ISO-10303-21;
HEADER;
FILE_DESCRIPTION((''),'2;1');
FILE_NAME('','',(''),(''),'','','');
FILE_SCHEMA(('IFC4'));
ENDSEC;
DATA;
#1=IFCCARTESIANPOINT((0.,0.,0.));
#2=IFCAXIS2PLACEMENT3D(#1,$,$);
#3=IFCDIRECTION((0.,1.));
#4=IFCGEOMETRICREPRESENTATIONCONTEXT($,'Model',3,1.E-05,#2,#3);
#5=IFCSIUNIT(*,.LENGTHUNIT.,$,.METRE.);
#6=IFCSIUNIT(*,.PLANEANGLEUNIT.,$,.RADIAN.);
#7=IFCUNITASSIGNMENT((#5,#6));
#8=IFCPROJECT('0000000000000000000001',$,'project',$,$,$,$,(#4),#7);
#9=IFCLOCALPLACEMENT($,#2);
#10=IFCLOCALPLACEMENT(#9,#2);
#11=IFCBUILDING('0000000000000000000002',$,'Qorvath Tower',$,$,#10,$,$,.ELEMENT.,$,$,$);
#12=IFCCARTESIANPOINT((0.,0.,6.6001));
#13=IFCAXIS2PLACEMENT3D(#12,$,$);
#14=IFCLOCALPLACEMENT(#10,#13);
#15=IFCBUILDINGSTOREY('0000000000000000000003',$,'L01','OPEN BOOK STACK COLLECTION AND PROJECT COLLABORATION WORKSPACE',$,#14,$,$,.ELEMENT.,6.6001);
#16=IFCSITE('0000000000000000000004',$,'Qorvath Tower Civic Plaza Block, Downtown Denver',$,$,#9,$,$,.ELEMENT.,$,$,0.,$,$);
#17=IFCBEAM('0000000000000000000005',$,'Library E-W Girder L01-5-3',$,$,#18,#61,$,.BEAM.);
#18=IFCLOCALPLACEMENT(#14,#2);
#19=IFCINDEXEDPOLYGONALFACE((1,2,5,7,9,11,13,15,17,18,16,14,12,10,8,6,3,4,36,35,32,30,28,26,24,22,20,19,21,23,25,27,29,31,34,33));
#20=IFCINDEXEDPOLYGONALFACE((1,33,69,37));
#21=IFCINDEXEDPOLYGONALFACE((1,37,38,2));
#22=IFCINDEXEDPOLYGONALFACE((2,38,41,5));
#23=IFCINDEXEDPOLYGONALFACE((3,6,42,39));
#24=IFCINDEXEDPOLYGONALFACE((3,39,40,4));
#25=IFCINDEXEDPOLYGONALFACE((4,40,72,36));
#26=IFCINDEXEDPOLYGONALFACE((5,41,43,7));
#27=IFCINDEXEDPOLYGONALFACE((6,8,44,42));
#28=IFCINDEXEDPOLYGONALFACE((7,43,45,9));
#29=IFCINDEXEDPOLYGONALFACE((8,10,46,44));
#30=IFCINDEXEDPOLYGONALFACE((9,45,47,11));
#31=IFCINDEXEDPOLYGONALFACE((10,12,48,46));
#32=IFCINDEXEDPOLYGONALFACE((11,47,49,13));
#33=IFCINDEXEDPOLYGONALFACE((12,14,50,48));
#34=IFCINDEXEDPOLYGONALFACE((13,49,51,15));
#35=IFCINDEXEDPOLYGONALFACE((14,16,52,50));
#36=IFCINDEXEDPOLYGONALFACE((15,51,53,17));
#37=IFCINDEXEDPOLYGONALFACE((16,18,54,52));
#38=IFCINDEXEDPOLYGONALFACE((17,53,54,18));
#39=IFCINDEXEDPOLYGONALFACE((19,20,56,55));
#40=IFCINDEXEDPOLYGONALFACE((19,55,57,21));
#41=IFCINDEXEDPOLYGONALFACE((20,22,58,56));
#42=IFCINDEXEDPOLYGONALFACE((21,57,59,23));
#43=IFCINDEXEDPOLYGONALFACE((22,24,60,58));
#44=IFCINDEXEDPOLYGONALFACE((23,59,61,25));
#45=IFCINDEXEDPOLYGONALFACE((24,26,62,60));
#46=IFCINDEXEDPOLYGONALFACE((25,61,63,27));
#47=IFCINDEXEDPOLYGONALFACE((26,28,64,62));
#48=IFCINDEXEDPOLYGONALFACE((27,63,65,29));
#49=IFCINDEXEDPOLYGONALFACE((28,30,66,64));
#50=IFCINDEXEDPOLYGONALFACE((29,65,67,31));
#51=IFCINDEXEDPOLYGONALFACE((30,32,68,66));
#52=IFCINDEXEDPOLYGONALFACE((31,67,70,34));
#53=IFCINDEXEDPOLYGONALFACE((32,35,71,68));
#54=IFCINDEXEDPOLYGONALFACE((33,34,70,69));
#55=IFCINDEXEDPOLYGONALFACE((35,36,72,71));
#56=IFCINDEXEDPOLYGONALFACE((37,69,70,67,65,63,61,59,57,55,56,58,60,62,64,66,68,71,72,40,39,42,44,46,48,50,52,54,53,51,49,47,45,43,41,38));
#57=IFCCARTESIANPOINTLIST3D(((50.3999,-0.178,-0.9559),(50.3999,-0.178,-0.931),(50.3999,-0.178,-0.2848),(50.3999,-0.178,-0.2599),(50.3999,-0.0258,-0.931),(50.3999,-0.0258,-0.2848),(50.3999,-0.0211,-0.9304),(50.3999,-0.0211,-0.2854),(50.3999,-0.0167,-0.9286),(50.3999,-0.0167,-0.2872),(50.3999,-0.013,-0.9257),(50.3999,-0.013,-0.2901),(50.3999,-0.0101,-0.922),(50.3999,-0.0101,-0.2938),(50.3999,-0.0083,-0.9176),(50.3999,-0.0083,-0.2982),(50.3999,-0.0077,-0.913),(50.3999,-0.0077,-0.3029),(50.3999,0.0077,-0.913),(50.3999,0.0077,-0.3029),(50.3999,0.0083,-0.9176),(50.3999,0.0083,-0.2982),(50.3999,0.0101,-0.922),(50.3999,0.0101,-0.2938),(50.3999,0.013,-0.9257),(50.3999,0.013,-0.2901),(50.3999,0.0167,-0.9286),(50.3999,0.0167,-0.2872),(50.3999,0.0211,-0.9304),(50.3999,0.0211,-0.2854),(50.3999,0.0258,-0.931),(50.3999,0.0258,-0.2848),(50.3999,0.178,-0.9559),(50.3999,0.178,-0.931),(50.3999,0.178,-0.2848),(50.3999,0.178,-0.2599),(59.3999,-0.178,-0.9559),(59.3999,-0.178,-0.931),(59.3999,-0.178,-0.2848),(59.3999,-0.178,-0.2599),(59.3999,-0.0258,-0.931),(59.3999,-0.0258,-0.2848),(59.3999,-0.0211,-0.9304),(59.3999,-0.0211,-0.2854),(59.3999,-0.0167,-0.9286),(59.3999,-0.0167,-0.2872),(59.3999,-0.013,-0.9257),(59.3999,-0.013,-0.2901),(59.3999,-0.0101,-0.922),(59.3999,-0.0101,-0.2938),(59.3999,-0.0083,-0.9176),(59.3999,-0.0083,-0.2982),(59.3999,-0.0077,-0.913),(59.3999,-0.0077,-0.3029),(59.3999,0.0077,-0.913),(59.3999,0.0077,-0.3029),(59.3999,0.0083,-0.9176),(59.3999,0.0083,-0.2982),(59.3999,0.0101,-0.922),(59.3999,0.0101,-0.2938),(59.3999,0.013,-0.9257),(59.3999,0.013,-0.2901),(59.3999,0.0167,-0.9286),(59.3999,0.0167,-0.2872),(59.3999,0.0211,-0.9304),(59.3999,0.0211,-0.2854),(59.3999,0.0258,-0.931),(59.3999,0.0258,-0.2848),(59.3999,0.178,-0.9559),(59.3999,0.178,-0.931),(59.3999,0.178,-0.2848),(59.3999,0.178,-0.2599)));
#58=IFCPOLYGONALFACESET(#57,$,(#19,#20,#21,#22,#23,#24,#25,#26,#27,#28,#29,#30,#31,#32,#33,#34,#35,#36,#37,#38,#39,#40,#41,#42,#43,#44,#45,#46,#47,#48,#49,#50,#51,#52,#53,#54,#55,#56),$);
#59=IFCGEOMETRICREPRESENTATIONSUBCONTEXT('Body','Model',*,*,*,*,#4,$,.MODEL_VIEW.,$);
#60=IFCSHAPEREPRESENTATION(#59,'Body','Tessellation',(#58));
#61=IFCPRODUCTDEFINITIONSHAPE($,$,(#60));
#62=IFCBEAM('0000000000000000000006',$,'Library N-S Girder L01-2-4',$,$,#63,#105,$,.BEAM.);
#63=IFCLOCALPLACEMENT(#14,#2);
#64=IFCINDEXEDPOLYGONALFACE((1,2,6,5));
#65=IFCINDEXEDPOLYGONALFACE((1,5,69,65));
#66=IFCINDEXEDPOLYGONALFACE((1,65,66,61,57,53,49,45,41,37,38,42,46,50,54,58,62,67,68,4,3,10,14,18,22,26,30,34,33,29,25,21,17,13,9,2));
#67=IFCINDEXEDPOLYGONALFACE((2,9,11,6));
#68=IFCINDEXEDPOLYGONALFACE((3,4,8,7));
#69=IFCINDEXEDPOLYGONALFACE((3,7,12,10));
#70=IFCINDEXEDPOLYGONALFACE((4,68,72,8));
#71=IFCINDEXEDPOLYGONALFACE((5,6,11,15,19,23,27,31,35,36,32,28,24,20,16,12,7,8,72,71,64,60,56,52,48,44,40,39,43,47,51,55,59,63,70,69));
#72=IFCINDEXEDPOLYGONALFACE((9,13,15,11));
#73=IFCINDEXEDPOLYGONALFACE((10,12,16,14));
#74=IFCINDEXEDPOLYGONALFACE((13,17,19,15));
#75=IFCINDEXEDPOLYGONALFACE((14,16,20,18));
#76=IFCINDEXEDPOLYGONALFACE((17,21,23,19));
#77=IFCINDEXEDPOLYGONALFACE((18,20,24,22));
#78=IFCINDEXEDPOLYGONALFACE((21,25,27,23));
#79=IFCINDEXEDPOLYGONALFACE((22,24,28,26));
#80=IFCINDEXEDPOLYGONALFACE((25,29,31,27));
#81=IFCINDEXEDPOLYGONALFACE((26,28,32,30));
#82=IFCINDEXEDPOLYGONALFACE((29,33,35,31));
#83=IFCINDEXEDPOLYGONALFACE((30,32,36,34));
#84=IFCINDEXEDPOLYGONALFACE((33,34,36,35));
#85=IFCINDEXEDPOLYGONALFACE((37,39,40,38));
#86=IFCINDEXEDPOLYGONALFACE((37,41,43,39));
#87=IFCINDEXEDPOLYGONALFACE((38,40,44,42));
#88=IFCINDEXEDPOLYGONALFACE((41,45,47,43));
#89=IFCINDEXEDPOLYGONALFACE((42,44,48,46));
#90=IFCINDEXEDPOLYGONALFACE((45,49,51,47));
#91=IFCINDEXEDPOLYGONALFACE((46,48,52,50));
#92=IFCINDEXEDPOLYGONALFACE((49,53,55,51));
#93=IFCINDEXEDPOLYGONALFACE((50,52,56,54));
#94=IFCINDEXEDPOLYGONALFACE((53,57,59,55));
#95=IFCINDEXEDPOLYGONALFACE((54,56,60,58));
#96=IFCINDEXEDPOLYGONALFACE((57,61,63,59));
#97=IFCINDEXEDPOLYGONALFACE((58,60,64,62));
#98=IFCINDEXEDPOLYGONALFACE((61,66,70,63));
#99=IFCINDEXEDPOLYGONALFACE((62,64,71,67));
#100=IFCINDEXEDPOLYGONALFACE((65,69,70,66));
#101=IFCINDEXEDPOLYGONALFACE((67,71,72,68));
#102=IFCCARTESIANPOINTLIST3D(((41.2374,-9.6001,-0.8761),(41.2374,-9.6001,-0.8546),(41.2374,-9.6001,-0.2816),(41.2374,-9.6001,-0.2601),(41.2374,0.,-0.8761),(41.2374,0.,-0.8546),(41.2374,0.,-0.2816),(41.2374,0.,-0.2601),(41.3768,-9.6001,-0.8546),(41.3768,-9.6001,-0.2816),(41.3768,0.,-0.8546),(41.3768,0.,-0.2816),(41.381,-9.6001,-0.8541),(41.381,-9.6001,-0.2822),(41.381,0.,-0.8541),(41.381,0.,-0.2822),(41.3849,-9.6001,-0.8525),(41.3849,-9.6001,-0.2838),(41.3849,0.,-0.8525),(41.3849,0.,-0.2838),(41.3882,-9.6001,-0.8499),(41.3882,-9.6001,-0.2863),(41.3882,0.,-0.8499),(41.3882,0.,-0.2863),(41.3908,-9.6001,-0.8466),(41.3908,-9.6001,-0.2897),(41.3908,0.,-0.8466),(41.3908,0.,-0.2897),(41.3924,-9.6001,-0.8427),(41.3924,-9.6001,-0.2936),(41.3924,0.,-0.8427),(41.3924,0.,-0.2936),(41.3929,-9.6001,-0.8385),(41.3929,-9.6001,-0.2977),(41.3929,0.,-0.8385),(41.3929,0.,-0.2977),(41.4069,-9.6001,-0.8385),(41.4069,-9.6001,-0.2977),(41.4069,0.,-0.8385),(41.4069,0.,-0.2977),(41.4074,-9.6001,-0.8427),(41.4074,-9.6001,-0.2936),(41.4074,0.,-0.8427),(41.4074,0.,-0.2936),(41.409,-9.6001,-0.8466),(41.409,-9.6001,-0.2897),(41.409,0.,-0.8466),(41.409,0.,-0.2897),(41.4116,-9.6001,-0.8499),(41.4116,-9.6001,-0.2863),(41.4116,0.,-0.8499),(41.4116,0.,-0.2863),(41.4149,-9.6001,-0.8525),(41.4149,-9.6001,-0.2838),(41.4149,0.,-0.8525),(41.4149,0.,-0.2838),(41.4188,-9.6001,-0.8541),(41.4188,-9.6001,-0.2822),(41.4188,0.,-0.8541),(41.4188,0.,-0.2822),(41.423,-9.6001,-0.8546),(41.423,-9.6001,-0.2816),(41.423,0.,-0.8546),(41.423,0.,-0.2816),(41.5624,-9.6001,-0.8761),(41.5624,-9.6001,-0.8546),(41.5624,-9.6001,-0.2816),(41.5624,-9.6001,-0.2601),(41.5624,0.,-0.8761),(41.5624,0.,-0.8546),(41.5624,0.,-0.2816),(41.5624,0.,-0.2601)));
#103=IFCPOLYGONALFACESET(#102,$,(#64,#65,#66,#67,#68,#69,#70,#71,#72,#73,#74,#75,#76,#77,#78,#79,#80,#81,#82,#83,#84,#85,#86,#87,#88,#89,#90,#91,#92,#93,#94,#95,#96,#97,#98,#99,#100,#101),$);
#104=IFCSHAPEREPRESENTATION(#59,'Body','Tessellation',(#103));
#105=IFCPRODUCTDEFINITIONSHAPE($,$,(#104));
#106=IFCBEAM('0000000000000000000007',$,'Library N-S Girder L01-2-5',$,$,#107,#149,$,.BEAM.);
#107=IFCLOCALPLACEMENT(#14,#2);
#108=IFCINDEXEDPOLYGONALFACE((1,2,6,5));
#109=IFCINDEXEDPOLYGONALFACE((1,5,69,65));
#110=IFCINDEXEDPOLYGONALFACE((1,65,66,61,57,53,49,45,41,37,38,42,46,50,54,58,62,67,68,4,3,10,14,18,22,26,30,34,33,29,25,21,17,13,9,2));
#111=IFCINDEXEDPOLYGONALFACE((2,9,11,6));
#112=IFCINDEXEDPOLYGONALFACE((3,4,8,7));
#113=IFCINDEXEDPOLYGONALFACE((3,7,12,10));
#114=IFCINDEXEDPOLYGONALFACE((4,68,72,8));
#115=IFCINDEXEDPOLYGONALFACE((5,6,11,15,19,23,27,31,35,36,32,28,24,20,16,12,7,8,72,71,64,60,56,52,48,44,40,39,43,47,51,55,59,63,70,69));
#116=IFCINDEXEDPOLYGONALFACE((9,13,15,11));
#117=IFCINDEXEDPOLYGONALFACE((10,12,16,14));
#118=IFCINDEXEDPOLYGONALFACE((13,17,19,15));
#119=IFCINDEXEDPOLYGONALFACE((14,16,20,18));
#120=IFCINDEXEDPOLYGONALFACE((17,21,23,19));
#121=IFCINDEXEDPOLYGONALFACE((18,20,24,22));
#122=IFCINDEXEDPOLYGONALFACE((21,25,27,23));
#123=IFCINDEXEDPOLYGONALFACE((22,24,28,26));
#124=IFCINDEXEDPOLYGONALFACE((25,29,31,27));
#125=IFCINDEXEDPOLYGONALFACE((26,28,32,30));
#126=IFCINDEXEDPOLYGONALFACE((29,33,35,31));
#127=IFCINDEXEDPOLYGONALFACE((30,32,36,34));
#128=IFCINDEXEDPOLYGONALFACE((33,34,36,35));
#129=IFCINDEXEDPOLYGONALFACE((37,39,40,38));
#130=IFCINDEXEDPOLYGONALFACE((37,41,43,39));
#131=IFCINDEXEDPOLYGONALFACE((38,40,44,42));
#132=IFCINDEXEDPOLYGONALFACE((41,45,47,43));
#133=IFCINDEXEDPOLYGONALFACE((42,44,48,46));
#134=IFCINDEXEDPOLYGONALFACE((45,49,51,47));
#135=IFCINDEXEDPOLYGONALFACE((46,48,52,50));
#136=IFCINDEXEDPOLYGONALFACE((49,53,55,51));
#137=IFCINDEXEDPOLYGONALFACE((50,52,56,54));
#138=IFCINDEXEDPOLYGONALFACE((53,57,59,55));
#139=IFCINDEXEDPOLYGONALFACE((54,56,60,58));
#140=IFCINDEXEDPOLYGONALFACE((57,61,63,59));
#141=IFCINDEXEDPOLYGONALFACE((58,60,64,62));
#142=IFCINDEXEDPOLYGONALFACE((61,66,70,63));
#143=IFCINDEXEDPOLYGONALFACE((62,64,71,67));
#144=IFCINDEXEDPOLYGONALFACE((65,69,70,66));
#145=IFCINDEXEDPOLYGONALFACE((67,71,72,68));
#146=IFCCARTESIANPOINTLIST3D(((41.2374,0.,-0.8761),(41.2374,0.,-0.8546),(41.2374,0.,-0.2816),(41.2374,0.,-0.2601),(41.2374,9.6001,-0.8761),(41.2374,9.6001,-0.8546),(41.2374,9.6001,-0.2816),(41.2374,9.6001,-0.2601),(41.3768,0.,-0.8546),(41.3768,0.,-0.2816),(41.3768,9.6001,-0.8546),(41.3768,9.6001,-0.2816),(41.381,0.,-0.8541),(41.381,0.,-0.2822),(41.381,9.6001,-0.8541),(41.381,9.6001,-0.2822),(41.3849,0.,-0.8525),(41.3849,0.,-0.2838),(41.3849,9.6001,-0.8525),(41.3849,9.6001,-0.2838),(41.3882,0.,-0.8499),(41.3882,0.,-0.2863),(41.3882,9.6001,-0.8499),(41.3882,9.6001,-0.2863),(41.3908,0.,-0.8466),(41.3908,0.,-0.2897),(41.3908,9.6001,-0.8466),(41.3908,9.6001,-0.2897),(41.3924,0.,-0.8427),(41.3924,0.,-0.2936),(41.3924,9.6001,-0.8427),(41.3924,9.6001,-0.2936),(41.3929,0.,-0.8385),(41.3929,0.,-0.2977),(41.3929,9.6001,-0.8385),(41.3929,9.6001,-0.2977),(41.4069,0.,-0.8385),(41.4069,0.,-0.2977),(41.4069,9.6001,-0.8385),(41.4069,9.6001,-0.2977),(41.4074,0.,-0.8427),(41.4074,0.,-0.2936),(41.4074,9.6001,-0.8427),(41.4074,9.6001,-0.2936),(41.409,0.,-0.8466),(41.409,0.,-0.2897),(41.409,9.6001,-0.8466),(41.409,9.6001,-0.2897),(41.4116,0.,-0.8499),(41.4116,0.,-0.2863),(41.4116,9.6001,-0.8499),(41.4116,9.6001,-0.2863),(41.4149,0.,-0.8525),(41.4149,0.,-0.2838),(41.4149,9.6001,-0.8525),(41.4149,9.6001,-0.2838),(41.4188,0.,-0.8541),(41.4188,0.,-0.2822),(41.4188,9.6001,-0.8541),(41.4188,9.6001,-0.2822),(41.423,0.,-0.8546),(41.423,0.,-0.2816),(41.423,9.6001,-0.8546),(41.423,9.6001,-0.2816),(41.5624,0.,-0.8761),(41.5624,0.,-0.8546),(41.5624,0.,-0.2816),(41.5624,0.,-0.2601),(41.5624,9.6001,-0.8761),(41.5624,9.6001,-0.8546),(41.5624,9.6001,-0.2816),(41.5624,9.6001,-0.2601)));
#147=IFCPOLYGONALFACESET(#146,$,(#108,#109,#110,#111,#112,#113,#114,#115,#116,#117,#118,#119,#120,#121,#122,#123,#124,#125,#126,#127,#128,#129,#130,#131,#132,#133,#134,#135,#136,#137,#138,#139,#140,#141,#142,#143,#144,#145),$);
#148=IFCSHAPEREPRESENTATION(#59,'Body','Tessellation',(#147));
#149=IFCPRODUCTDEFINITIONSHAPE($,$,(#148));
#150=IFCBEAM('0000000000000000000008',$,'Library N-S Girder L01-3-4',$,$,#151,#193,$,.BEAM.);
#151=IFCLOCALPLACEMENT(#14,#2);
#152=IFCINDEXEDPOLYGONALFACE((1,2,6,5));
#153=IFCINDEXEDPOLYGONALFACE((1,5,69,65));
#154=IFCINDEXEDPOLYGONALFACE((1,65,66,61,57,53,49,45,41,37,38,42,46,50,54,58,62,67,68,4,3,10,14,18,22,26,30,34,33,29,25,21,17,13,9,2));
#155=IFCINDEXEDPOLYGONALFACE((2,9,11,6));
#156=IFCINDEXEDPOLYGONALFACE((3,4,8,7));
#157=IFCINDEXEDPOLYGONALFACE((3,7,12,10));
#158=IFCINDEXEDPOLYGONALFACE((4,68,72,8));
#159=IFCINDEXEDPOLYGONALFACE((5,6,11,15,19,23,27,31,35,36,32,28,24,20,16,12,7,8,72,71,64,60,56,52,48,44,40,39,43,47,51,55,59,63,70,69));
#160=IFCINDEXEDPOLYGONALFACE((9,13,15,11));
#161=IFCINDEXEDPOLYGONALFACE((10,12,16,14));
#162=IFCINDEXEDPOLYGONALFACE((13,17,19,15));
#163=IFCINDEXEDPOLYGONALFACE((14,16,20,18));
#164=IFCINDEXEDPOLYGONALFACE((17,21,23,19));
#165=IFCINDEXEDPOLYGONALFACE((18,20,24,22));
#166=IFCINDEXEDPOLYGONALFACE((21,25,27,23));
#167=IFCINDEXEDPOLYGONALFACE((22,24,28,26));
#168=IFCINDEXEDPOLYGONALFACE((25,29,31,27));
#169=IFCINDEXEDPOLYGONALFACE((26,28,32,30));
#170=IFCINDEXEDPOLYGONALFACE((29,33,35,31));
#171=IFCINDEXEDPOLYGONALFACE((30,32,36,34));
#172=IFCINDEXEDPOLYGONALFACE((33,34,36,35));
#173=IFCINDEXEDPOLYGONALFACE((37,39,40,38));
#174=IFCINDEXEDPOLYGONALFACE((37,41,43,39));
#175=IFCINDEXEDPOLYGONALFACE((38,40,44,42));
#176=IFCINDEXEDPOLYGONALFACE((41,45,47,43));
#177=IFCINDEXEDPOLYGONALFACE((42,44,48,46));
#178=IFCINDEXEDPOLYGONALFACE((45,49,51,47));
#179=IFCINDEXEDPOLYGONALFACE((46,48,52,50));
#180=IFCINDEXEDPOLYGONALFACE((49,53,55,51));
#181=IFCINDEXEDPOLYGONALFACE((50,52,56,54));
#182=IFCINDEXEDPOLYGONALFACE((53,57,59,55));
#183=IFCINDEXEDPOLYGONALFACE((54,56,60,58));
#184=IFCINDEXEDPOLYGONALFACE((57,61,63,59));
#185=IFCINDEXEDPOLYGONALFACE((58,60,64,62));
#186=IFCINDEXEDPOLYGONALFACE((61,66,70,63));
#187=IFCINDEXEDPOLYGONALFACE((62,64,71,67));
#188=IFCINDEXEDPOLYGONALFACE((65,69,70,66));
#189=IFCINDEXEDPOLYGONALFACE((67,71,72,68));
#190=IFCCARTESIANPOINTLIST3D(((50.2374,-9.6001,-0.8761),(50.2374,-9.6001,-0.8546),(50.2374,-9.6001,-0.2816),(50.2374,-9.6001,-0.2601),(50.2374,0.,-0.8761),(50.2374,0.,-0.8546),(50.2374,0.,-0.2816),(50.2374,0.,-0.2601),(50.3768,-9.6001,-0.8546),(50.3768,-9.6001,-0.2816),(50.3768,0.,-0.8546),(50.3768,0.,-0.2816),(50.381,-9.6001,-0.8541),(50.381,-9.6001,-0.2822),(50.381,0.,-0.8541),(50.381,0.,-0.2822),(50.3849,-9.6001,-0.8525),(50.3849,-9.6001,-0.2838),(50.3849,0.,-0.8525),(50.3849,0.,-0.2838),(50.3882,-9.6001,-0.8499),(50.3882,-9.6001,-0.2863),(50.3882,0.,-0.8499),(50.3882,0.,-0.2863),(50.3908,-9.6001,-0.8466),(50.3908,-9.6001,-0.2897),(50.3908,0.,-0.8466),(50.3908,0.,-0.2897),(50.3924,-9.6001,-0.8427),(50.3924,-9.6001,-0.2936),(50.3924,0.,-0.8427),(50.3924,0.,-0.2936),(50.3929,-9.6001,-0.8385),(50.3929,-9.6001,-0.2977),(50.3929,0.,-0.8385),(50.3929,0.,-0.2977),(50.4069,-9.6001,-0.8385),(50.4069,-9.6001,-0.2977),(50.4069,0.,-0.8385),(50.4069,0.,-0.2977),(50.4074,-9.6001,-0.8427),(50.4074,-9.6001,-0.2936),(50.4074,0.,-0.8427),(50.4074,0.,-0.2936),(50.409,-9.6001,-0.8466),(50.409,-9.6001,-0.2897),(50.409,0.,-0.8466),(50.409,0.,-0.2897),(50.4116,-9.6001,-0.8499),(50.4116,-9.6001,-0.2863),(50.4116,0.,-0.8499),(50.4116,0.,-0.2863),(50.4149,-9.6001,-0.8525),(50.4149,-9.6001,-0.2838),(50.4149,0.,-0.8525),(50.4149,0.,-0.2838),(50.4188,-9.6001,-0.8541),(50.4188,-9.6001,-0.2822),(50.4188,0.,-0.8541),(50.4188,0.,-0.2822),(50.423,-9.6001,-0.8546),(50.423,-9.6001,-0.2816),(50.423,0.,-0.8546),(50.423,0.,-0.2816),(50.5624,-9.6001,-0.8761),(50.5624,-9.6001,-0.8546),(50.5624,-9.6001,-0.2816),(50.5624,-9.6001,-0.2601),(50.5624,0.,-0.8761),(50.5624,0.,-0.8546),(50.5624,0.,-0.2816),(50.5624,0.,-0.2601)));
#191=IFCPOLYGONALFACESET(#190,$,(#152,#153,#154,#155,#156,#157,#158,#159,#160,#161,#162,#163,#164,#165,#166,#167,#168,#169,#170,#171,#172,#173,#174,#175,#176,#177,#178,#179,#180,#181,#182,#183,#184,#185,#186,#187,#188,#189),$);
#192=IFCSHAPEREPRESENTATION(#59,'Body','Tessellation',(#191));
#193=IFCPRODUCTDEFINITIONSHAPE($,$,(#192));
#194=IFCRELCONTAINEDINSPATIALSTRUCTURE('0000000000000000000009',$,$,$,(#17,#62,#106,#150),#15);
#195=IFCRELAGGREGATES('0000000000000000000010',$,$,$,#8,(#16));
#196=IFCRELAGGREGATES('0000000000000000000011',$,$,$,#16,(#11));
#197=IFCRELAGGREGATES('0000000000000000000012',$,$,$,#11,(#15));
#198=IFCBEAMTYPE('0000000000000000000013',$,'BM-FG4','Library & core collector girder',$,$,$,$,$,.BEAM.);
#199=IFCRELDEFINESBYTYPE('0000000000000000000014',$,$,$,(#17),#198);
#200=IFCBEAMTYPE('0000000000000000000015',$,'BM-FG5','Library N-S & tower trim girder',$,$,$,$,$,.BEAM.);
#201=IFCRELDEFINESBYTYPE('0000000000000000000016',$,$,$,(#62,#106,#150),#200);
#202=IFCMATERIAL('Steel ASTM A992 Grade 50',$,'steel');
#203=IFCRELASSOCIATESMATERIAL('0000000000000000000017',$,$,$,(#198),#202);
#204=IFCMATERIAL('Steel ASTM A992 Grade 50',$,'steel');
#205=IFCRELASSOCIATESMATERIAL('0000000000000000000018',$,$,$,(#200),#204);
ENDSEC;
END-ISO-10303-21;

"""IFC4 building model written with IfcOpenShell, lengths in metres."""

from ifc_helpers import new_model, si_unit, direction, frame, origin, origin_2d, place, context, subcontext, project, spatial, i_section, extrude, material, material_profile, profile_set, type_object, element, save


model = new_model("IFC4")

# Units and contexts
model_context = context("Model", 3, precision=1e-05, world=origin(), true_north=direction((0.0, 1.0)))
body_context = subcontext(model_context, "Body", "Model", "MODEL_VIEW")
ifc_project = project(units=[si_unit("LENGTHUNIT", "METRE"), si_unit("PLANEANGLEUNIT", "RADIAN")], contexts=[model_context])

# Site, building, storey
site_placement = place(None, origin())
site = spatial("IfcSite", under=ifc_project, at=site_placement, Name="Qorvath Tower Civic Plaza Block, Downtown Denver", CompositionType="ELEMENT", RefElevation=0.0)
building_placement = place(site_placement, origin())
building = spatial("IfcBuilding", under=site, at=building_placement, Name="Qorvath Tower", CompositionType="ELEMENT")
storey_placement = place(building_placement, frame((0.0, 0.0, 6.6001)))
storey = spatial("IfcBuildingStorey", under=building, at=storey_placement, Name="L01", Description="OPEN BOOK STACK COLLECTION AND PROJECT COLLABORATION WORKSPACE", CompositionType="ELEMENT", Elevation=6.6001)

# Beams
ifc_material_1 = material(Name="Steel ASTM A992 Grade 50", Category="steel")
ifc_material_profile_1 = material_profile(ifc_material_1, i_section(OverallWidth=0.356, OverallDepth=0.696, WebThickness=0.0154, FlangeThickness=0.0249, FilletRadius=0.0181, at=origin_2d()), Name="W27x146")
ifc_profile_set_1 = profile_set([ifc_material_profile_1], Name="Steel ASTM A992 Grade 50")
beam_type_1 = type_object("IfcBeamType", Name="BM-FG4", Description="Library & core collector girder", PredefinedType="BEAM", material=ifc_profile_set_1)
for number, where, z_axis, x_axis, name in (
    (1, (50.3999, 0.0, -0.6079), (1.0, 0.0, 0.0), (0.0, 1.0, 0.0), "Library E-W Girder L01-5-3"),
):
    element("IfcBeam", number, at=place(storey_placement, frame(where, z_axis=z_axis, x_axis=x_axis)), inside=storey, type_object=beam_type_1, Name=name, PredefinedType="BEAM", context=body_context, shape_type="SweptSolid", body=[
        extrude(i_section(OverallWidth=0.356, OverallDepth=0.696, WebThickness=0.0154, FlangeThickness=0.0249, FilletRadius=0.0181, at=origin_2d()), origin(), (0.0, 0.0, 1.0), 9.0),
    ])
ifc_material_2 = material(Name="Steel ASTM A992 Grade 50", Category="steel")
ifc_material_profile_2 = material_profile(ifc_material_2, i_section(OverallWidth=0.325, OverallDepth=0.616, WebThickness=0.0139, FlangeThickness=0.0215, FilletRadius=0.0161, at=origin_2d()), Name="W24x117")
ifc_profile_set_2 = profile_set([ifc_material_profile_2], Name="Steel ASTM A992 Grade 50")
beam_type_2 = type_object("IfcBeamType", Name="BM-FG5", Description="Library N-S & tower trim girder", PredefinedType="BEAM", material=ifc_profile_set_2)
for number, where, z_axis, x_axis, name in (
    (2, (41.3999, -9.6001, -0.5681), (0.0, 1.0, 0.0), (-1.0, 0.0, 0.0), "Library N-S Girder L01-2-4"),
    (3, (41.3999, 0.0, -0.5681), (0.0, 1.0, 0.0), (-1.0, 0.0, 0.0), "Library N-S Girder L01-2-5"),
    (4, (50.3999, -9.6001, -0.5681), (0.0, 1.0, 0.0), (-1.0, 0.0, 0.0), "Library N-S Girder L01-3-4"),
):
    element("IfcBeam", number, at=place(storey_placement, frame(where, z_axis=z_axis, x_axis=x_axis)), inside=storey, type_object=beam_type_2, Name=name, PredefinedType="BEAM", context=body_context, shape_type="SweptSolid", body=[
        extrude(i_section(OverallWidth=0.325, OverallDepth=0.616, WebThickness=0.0139, FlangeThickness=0.0215, FilletRadius=0.0161, at=origin_2d()), origin(), (0.0, 0.0, 1.0), 9.6001),
    ])

save(model, "model.ifc")
